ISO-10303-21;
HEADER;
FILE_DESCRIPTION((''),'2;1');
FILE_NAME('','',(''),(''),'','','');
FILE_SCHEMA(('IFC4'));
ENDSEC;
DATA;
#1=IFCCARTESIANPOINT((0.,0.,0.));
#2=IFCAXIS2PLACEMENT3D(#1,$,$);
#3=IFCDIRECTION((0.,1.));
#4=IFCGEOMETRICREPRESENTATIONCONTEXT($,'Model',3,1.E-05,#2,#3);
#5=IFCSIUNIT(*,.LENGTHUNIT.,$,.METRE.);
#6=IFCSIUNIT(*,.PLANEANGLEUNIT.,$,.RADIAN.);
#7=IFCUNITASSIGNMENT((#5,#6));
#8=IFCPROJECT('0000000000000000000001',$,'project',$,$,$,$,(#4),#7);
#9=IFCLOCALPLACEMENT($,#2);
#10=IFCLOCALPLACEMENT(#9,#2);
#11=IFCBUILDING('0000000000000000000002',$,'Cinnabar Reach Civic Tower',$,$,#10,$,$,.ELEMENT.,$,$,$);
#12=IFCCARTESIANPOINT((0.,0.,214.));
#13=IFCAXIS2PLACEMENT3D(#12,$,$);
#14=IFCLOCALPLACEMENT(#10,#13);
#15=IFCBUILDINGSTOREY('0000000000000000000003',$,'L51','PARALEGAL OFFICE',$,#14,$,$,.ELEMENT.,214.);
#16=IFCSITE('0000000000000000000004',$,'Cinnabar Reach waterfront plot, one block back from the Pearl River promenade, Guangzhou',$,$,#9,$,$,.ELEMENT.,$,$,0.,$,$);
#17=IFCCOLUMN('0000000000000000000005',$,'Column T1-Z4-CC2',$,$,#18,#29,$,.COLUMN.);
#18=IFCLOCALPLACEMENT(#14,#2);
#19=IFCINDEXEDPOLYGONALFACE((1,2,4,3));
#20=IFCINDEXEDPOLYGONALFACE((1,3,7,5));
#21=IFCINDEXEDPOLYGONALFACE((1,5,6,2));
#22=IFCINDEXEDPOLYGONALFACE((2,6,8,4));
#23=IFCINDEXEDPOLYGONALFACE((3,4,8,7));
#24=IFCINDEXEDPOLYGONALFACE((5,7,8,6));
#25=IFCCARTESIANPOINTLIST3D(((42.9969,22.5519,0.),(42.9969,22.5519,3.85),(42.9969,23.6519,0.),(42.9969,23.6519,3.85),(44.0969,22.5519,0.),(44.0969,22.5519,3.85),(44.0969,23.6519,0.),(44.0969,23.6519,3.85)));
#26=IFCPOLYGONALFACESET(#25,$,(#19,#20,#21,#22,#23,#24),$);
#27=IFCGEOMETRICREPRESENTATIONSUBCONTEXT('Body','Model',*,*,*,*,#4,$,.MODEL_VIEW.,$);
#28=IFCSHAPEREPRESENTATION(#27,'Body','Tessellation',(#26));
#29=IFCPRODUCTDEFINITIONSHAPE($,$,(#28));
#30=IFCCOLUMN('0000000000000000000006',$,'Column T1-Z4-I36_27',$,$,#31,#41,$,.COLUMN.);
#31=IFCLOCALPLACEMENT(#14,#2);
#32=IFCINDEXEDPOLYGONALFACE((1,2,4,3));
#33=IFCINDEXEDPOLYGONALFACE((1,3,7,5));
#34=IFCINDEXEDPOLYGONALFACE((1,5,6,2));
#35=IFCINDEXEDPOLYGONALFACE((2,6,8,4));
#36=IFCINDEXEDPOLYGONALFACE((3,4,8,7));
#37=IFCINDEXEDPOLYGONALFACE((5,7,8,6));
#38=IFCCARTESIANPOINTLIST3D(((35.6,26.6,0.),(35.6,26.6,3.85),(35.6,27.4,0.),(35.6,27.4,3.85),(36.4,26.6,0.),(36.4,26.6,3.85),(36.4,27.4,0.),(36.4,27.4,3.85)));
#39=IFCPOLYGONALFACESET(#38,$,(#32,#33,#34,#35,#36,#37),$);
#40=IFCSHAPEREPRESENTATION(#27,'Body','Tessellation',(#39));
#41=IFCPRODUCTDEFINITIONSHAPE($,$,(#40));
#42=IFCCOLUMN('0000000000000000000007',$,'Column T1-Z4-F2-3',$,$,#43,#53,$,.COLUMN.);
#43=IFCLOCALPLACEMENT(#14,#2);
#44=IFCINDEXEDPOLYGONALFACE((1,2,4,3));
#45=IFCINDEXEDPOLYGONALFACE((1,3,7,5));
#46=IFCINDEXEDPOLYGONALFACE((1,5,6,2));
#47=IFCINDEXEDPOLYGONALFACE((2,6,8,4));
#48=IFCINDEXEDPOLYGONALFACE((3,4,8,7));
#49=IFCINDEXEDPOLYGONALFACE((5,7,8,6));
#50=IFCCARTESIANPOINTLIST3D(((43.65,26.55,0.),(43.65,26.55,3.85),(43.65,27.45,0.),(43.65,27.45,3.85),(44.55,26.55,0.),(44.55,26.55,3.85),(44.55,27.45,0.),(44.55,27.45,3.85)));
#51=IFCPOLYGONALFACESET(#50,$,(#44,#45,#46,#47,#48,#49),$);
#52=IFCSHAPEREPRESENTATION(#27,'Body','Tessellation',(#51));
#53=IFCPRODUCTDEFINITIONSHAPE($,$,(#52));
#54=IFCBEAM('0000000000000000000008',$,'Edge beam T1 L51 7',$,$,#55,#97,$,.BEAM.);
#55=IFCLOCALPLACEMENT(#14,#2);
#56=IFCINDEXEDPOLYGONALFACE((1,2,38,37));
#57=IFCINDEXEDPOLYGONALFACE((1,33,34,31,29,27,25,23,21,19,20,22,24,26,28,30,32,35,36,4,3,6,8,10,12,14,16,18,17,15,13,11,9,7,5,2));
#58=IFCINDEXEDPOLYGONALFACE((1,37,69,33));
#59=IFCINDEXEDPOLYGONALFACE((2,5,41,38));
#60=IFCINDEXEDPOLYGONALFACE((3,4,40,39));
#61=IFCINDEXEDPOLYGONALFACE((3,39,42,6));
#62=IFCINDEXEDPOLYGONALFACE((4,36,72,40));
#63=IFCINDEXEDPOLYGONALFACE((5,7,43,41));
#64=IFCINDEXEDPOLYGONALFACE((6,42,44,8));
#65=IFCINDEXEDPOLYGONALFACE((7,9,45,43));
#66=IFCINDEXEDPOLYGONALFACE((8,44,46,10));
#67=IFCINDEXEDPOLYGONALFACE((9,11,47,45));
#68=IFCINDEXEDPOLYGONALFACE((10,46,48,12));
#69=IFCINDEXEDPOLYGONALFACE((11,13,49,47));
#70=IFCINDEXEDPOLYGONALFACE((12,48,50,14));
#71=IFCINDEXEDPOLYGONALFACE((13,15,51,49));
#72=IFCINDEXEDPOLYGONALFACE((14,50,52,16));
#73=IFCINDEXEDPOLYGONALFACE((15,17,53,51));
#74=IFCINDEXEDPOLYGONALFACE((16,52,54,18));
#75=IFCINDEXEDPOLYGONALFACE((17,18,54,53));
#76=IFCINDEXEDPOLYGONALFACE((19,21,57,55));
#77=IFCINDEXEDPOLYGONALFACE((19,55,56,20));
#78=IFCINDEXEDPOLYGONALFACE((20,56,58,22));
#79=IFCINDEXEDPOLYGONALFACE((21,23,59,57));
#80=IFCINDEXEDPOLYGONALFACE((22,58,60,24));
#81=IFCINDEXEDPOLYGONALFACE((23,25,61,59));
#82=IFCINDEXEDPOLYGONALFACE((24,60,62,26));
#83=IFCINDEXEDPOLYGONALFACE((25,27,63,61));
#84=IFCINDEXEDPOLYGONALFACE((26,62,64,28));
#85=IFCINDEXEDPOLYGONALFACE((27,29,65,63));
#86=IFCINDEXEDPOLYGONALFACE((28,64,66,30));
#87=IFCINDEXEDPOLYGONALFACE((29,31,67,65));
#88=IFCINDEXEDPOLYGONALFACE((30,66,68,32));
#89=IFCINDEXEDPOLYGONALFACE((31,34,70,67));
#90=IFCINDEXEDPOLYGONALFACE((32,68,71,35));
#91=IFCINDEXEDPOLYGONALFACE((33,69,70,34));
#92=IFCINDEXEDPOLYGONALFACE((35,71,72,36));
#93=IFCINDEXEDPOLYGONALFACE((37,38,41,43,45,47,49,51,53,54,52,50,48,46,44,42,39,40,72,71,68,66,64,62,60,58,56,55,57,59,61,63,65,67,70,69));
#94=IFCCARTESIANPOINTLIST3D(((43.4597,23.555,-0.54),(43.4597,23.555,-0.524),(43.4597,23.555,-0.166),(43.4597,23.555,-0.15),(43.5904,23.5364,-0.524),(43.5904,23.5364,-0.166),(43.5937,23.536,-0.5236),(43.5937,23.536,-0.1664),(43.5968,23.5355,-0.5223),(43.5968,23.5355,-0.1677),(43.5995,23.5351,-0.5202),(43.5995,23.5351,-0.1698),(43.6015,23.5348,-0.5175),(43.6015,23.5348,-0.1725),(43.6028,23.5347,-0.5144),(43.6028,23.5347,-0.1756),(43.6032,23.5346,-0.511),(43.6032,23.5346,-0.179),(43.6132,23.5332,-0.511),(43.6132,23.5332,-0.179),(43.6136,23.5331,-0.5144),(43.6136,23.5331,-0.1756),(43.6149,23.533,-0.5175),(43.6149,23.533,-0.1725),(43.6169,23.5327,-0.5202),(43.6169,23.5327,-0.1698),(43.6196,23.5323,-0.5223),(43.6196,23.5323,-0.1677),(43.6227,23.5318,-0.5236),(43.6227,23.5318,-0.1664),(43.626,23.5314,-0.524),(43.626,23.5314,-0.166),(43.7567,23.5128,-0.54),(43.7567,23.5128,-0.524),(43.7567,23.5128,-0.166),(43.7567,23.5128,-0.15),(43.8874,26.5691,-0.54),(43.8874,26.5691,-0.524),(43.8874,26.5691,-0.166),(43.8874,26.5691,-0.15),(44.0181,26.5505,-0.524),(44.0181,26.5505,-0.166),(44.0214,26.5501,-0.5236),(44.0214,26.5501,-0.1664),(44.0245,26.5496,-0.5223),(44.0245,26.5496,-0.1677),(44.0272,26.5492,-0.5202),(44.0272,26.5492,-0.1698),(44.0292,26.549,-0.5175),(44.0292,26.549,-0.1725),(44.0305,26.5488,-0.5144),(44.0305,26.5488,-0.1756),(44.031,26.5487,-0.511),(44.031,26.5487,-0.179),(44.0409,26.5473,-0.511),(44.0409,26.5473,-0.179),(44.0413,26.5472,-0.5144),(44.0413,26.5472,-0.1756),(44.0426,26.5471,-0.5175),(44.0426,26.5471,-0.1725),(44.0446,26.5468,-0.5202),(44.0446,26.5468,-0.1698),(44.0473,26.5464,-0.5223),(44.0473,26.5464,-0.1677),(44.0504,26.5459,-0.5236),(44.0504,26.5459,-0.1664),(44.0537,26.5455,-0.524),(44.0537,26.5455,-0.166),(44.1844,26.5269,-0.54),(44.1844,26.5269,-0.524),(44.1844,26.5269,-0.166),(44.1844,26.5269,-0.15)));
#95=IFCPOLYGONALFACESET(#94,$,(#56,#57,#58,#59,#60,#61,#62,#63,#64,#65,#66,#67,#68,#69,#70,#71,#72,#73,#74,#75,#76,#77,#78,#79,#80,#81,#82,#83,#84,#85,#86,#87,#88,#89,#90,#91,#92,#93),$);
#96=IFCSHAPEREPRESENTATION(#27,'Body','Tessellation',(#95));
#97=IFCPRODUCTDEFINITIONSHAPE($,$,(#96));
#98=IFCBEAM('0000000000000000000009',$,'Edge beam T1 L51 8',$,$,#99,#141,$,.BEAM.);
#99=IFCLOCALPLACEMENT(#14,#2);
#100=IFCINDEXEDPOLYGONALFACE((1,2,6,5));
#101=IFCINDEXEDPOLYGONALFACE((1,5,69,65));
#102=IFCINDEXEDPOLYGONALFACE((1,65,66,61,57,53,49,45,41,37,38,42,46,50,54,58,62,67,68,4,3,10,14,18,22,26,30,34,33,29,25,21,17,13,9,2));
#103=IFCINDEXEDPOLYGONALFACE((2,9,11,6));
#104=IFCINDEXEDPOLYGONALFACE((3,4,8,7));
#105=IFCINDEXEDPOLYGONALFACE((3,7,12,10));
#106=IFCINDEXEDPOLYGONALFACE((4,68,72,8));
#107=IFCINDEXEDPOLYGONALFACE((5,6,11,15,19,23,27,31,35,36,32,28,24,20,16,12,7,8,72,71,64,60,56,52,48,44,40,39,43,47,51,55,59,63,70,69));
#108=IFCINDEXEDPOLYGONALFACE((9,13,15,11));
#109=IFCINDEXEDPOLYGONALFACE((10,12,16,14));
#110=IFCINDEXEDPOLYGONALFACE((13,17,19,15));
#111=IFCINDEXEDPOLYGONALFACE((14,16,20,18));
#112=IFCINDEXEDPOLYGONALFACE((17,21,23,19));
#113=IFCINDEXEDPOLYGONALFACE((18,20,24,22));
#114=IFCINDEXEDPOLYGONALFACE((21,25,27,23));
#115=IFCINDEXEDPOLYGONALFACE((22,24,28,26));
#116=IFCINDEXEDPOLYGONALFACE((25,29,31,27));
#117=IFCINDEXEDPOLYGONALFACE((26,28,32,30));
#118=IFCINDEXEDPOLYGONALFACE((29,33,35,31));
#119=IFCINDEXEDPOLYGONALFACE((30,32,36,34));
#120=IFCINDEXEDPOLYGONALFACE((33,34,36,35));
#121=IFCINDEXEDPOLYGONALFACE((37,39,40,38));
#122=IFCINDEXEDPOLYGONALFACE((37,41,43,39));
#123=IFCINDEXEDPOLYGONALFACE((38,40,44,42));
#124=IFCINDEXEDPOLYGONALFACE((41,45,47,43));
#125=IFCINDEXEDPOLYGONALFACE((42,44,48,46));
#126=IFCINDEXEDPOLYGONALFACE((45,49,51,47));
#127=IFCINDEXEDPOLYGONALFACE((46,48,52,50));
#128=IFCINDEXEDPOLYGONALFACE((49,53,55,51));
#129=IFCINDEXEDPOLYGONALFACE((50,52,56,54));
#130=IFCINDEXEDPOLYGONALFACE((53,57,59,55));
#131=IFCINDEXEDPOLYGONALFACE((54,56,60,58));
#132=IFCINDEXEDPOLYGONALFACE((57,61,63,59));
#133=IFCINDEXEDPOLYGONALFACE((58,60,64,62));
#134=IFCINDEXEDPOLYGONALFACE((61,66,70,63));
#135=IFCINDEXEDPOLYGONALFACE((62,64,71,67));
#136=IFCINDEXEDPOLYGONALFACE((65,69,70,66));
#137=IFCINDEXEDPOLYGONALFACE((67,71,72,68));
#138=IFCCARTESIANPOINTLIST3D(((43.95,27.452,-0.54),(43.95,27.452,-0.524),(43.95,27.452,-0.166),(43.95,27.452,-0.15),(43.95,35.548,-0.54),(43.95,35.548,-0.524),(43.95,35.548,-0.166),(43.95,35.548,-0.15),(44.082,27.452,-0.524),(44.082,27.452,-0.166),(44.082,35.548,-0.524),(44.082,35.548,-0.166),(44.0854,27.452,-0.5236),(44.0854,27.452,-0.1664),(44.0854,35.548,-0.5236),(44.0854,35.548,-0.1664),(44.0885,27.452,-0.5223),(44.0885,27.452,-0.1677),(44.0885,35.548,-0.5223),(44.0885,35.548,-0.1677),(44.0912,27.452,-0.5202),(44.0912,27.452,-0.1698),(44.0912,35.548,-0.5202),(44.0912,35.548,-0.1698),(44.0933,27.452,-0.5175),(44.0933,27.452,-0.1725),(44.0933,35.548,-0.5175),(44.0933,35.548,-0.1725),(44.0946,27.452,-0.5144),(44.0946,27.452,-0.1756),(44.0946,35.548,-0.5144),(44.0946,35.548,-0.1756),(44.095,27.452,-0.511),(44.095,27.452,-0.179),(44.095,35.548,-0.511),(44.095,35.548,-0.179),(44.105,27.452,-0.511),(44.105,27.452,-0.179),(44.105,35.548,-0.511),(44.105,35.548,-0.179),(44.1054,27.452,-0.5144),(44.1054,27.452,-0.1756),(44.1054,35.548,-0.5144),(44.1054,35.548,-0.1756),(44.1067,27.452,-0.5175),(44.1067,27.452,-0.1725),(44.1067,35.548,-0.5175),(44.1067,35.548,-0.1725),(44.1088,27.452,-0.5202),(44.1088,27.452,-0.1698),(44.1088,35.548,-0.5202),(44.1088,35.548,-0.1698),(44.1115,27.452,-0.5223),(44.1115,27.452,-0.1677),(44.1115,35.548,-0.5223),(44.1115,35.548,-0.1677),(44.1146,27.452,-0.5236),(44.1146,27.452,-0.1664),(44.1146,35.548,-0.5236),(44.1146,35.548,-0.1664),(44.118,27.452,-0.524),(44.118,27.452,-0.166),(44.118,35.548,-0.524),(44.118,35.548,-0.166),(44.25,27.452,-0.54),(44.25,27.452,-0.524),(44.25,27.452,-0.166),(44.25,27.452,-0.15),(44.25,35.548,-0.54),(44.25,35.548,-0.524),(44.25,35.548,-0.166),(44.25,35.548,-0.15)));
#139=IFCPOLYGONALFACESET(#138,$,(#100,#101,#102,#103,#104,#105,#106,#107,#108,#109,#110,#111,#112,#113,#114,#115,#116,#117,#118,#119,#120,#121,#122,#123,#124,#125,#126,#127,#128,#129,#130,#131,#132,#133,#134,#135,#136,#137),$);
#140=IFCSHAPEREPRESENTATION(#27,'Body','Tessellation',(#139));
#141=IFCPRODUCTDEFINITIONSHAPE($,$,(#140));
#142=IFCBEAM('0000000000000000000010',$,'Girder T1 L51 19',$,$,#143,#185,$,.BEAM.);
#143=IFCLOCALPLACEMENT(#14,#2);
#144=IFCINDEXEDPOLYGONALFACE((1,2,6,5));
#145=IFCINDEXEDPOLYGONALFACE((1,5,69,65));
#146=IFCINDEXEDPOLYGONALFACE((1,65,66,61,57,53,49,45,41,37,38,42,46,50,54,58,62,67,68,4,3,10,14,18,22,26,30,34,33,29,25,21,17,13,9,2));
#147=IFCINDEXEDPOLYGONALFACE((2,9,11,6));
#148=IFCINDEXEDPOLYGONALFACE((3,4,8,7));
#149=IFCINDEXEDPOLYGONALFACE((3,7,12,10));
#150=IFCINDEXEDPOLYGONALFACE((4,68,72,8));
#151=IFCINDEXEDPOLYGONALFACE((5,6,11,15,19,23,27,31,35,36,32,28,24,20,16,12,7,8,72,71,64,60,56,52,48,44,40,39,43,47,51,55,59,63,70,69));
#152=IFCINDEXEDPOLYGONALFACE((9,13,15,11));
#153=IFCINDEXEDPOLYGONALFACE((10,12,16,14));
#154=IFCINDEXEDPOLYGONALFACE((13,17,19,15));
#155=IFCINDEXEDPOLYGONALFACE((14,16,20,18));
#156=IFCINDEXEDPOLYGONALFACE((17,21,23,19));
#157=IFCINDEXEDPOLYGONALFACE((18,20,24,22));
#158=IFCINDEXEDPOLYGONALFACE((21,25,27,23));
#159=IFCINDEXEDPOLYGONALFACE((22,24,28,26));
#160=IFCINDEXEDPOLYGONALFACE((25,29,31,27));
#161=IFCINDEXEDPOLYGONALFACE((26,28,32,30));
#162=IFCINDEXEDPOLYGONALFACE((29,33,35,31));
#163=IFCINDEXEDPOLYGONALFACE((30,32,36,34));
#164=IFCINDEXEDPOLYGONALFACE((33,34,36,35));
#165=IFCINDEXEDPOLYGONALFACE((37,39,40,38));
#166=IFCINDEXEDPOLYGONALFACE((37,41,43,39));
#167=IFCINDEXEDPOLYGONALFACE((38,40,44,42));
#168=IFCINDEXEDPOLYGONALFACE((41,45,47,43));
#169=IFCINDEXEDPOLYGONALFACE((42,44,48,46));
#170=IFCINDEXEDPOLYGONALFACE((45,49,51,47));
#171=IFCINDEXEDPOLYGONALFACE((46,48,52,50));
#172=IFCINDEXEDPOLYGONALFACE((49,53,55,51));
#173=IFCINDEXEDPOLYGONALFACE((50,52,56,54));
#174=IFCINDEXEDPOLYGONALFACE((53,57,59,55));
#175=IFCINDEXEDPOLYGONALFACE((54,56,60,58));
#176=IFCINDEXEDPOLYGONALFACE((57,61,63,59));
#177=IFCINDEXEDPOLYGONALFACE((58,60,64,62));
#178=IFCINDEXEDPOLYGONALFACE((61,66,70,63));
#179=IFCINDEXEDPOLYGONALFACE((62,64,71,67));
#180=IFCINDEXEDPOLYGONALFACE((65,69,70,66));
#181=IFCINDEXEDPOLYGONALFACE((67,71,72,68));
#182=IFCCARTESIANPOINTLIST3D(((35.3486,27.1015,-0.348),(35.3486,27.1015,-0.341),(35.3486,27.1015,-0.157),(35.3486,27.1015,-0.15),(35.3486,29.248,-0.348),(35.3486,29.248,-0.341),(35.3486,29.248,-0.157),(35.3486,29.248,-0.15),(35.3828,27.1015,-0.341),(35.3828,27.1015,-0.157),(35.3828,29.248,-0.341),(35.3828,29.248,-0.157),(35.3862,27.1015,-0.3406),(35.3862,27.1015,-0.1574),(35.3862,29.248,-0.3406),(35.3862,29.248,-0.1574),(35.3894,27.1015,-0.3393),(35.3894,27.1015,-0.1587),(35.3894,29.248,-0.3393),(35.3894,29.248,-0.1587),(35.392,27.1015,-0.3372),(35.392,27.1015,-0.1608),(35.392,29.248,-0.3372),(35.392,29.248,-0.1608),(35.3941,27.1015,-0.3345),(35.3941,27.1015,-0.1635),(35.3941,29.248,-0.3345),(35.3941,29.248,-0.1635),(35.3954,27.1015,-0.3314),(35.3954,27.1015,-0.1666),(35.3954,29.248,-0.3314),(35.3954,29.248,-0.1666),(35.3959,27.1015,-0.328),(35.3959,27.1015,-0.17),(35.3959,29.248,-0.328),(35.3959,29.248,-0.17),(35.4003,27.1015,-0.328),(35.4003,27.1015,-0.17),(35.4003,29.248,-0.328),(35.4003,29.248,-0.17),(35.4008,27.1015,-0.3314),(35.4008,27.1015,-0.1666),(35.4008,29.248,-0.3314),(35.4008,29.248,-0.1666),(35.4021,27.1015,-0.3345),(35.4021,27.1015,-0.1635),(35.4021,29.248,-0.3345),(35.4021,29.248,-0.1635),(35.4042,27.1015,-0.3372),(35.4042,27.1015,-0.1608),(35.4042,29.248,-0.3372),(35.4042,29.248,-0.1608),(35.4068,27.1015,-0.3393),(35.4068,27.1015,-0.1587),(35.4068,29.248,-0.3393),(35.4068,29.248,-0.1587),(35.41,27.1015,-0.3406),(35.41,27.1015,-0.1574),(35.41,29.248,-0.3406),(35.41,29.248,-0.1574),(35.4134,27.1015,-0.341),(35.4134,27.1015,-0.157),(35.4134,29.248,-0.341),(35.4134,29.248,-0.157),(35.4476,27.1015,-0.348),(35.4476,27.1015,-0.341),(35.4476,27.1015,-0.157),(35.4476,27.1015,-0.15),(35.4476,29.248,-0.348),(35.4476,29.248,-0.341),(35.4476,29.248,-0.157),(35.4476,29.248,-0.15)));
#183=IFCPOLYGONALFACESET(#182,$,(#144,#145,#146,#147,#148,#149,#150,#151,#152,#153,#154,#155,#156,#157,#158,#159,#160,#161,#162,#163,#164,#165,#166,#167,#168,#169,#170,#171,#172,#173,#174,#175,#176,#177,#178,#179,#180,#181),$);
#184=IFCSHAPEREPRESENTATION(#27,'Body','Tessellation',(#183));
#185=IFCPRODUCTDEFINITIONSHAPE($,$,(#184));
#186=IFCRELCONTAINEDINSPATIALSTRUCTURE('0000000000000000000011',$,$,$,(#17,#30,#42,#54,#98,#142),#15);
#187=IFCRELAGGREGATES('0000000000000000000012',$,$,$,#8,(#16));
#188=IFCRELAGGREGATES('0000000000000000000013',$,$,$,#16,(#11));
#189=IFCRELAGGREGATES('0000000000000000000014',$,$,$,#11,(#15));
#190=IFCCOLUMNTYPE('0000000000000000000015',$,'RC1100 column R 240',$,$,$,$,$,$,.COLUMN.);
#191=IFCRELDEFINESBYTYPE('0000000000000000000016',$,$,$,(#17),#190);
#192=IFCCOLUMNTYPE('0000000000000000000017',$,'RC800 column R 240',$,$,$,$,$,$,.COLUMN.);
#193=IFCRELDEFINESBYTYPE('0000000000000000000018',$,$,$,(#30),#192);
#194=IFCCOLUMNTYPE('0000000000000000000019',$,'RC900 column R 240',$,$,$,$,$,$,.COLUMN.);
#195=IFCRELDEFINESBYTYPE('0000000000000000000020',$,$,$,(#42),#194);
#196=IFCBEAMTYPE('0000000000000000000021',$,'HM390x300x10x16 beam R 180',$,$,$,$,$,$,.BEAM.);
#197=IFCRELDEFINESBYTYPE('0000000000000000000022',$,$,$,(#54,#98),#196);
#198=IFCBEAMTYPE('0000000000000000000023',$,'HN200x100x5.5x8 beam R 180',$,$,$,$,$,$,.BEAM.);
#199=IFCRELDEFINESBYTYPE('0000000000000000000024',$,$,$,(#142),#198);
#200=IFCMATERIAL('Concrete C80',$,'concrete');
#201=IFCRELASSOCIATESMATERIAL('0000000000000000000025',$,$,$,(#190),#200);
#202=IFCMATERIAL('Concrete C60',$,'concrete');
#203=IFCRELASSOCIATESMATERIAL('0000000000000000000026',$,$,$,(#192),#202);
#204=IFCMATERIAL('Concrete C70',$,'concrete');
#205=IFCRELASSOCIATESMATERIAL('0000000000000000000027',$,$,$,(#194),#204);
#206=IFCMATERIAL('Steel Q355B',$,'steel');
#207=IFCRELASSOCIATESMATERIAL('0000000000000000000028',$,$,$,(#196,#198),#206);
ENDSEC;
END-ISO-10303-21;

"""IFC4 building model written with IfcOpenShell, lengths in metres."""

from ifc_helpers import new_model, si_unit, direction, frame, origin, origin_2d, place, context, subcontext, project, spatial, rectangle, i_section, extrude, material, material_profile, profile_set, type_object, element, save


model = new_model("IFC4")

# Units and contexts
model_context = context("Model", 3, precision=1e-05, world=origin(), true_north=direction((0.0, 1.0)))
body_context = subcontext(model_context, "Body", "Model", "MODEL_VIEW")
ifc_project = project(units=[si_unit("LENGTHUNIT", "METRE"), si_unit("PLANEANGLEUNIT", "RADIAN")], contexts=[model_context])

# Site, building, storey
site_placement = place(None, origin())
site = spatial("IfcSite", under=ifc_project, at=site_placement, Name="Cinnabar Reach waterfront plot, one block back from the Pearl River promenade, Guangzhou", CompositionType="ELEMENT", RefElevation=0.0)
building_placement = place(site_placement, origin())
building = spatial("IfcBuilding", under=site, at=building_placement, Name="Cinnabar Reach Civic Tower", CompositionType="ELEMENT")
storey_placement = place(building_placement, frame((0.0, 0.0, 214.0)))
storey = spatial("IfcBuildingStorey", under=building, at=storey_placement, Name="L51", Description="PARALEGAL OFFICE", CompositionType="ELEMENT", Elevation=214.0)

# Columns
ifc_material_1 = material(Name="Concrete C80", Category="concrete")
ifc_material_profile_1 = material_profile(ifc_material_1, rectangle(XDim=1.1, YDim=1.1, at=origin_2d()), Name="RC1100")
ifc_profile_set_1 = profile_set([ifc_material_profile_1], Name="Concrete C80")
column_type_1 = type_object("IfcColumnType", Name="RC1100 column R 240", PredefinedType="COLUMN", material=ifc_profile_set_1)
column_1_placement = place(storey_placement, frame((43.5469, 23.1019, 0.0), z_axis=(0.0, 0.0, 1.0), x_axis=(1.0, 0.0, 0.0)))
element("IfcColumn", 1, at=column_1_placement, inside=storey, type_object=column_type_1, Name="Column T1-Z4-CC2", PredefinedType="COLUMN", context=body_context, shape_type="SweptSolid", body=[
    extrude(rectangle(XDim=1.1, YDim=1.1, at=origin_2d()), origin(), (0.0, 0.0, 1.0), 3.85),
])
ifc_material_2 = material(Name="Concrete C60", Category="concrete")
ifc_material_profile_2 = material_profile(ifc_material_2, rectangle(XDim=0.8, YDim=0.8, at=origin_2d()), Name="RC800")
ifc_profile_set_2 = profile_set([ifc_material_profile_2], Name="Concrete C60")
column_type_2 = type_object("IfcColumnType", Name="RC800 column R 240", PredefinedType="COLUMN", material=ifc_profile_set_2)
column_2_placement = place(storey_placement, frame((36.0, 27.0, 0.0), z_axis=(0.0, 0.0, 1.0), x_axis=(1.0, 0.0, 0.0)))
element("IfcColumn", 2, at=column_2_placement, inside=storey, type_object=column_type_2, Name="Column T1-Z4-I36_27", PredefinedType="COLUMN", context=body_context, shape_type="SweptSolid", body=[
    extrude(rectangle(XDim=0.8, YDim=0.8, at=origin_2d()), origin(), (0.0, 0.0, 1.0), 3.85),
])
ifc_material_3 = material(Name="Concrete C70", Category="concrete")
ifc_material_profile_3 = material_profile(ifc_material_3, rectangle(XDim=0.9, YDim=0.9, at=origin_2d()), Name="RC900")
ifc_profile_set_3 = profile_set([ifc_material_profile_3], Name="Concrete C70")
column_type_3 = type_object("IfcColumnType", Name="RC900 column R 240", PredefinedType="COLUMN", material=ifc_profile_set_3)
column_3_placement = place(storey_placement, frame((44.1, 27.0, 0.0), z_axis=(0.0, 0.0, 1.0), x_axis=(1.0, 0.0, 0.0)))
element("IfcColumn", 3, at=column_3_placement, inside=storey, type_object=column_type_3, Name="Column T1-Z4-F2-3", PredefinedType="COLUMN", context=body_context, shape_type="SweptSolid", body=[
    extrude(rectangle(XDim=0.9, YDim=0.9, at=origin_2d()), origin(), (0.0, 0.0, 1.0), 3.85),
])

# Beams
ifc_material_4 = material(Name="Steel Q355B", Category="steel")
ifc_material_profile_4 = material_profile(ifc_material_4, i_section(OverallWidth=0.3, OverallDepth=0.39, WebThickness=0.01, FlangeThickness=0.016, FilletRadius=0.013, at=origin_2d()), Name="HM390x300x10x16")
ifc_profile_set_4 = profile_set([ifc_material_profile_4], Name="Steel Q355B")
beam_type_1 = type_object("IfcBeamType", Name="HM390x300x10x16 beam R 180", PredefinedType="BEAM", material=ifc_profile_set_4)
beam_1_placement = place(storey_placement, frame((43.6082, 23.5339, -0.345), z_axis=(0.140492, 0.990082, 0.0), x_axis=(-0.990082, 0.140492, 0.0)))
element("IfcBeam", 4, at=beam_1_placement, inside=storey, type_object=beam_type_1, Name="Edge beam T1 L51 7", PredefinedType="BEAM", context=body_context, shape_type="SweptSolid", body=[
    extrude(i_section(OverallWidth=0.3, OverallDepth=0.39, WebThickness=0.01, FlangeThickness=0.016, FilletRadius=0.013, at=origin_2d()), origin(), (0.0, 0.0, 1.0), 3.0443),
])
beam_2_placement = place(storey_placement, frame((44.1, 27.452, -0.345), z_axis=(0.0, 1.0, 0.0), x_axis=(-1.0, 0.0, 0.0)))
element("IfcBeam", 5, at=beam_2_placement, inside=storey, type_object=beam_type_1, Name="Edge beam T1 L51 8", PredefinedType="BEAM", context=body_context, shape_type="SweptSolid", body=[
    extrude(i_section(OverallWidth=0.3, OverallDepth=0.39, WebThickness=0.01, FlangeThickness=0.016, FilletRadius=0.013, at=origin_2d()), origin(), (0.0, 0.0, 1.0), 8.096),
])
ifc_material_profile_5 = material_profile(ifc_material_4, i_section(OverallWidth=0.099, OverallDepth=0.198, WebThickness=0.0045, FlangeThickness=0.007, FilletRadius=0.013, at=origin_2d()), Name="HN200x100x5.5x8")
ifc_profile_set_5 = profile_set([ifc_material_profile_5], Name="Steel Q355B")
beam_type_2 = type_object("IfcBeamType", Name="HN200x100x5.5x8 beam R 180", PredefinedType="BEAM", material=ifc_profile_set_5)
beam_3_placement = place(storey_placement, frame((35.3981, 27.1015, -0.249), z_axis=(0.0, 1.0, 0.0), x_axis=(-1.0, 0.0, 0.0)))
element("IfcBeam", 6, at=beam_3_placement, inside=storey, type_object=beam_type_2, Name="Girder T1 L51 19", PredefinedType="BEAM", context=body_context, shape_type="SweptSolid", body=[
    extrude(i_section(OverallWidth=0.099, OverallDepth=0.198, WebThickness=0.0045, FlangeThickness=0.007, FilletRadius=0.013, at=origin_2d()), origin(), (0.0, 0.0, 1.0), 2.1465),
])

save(model, "model.ifc")
